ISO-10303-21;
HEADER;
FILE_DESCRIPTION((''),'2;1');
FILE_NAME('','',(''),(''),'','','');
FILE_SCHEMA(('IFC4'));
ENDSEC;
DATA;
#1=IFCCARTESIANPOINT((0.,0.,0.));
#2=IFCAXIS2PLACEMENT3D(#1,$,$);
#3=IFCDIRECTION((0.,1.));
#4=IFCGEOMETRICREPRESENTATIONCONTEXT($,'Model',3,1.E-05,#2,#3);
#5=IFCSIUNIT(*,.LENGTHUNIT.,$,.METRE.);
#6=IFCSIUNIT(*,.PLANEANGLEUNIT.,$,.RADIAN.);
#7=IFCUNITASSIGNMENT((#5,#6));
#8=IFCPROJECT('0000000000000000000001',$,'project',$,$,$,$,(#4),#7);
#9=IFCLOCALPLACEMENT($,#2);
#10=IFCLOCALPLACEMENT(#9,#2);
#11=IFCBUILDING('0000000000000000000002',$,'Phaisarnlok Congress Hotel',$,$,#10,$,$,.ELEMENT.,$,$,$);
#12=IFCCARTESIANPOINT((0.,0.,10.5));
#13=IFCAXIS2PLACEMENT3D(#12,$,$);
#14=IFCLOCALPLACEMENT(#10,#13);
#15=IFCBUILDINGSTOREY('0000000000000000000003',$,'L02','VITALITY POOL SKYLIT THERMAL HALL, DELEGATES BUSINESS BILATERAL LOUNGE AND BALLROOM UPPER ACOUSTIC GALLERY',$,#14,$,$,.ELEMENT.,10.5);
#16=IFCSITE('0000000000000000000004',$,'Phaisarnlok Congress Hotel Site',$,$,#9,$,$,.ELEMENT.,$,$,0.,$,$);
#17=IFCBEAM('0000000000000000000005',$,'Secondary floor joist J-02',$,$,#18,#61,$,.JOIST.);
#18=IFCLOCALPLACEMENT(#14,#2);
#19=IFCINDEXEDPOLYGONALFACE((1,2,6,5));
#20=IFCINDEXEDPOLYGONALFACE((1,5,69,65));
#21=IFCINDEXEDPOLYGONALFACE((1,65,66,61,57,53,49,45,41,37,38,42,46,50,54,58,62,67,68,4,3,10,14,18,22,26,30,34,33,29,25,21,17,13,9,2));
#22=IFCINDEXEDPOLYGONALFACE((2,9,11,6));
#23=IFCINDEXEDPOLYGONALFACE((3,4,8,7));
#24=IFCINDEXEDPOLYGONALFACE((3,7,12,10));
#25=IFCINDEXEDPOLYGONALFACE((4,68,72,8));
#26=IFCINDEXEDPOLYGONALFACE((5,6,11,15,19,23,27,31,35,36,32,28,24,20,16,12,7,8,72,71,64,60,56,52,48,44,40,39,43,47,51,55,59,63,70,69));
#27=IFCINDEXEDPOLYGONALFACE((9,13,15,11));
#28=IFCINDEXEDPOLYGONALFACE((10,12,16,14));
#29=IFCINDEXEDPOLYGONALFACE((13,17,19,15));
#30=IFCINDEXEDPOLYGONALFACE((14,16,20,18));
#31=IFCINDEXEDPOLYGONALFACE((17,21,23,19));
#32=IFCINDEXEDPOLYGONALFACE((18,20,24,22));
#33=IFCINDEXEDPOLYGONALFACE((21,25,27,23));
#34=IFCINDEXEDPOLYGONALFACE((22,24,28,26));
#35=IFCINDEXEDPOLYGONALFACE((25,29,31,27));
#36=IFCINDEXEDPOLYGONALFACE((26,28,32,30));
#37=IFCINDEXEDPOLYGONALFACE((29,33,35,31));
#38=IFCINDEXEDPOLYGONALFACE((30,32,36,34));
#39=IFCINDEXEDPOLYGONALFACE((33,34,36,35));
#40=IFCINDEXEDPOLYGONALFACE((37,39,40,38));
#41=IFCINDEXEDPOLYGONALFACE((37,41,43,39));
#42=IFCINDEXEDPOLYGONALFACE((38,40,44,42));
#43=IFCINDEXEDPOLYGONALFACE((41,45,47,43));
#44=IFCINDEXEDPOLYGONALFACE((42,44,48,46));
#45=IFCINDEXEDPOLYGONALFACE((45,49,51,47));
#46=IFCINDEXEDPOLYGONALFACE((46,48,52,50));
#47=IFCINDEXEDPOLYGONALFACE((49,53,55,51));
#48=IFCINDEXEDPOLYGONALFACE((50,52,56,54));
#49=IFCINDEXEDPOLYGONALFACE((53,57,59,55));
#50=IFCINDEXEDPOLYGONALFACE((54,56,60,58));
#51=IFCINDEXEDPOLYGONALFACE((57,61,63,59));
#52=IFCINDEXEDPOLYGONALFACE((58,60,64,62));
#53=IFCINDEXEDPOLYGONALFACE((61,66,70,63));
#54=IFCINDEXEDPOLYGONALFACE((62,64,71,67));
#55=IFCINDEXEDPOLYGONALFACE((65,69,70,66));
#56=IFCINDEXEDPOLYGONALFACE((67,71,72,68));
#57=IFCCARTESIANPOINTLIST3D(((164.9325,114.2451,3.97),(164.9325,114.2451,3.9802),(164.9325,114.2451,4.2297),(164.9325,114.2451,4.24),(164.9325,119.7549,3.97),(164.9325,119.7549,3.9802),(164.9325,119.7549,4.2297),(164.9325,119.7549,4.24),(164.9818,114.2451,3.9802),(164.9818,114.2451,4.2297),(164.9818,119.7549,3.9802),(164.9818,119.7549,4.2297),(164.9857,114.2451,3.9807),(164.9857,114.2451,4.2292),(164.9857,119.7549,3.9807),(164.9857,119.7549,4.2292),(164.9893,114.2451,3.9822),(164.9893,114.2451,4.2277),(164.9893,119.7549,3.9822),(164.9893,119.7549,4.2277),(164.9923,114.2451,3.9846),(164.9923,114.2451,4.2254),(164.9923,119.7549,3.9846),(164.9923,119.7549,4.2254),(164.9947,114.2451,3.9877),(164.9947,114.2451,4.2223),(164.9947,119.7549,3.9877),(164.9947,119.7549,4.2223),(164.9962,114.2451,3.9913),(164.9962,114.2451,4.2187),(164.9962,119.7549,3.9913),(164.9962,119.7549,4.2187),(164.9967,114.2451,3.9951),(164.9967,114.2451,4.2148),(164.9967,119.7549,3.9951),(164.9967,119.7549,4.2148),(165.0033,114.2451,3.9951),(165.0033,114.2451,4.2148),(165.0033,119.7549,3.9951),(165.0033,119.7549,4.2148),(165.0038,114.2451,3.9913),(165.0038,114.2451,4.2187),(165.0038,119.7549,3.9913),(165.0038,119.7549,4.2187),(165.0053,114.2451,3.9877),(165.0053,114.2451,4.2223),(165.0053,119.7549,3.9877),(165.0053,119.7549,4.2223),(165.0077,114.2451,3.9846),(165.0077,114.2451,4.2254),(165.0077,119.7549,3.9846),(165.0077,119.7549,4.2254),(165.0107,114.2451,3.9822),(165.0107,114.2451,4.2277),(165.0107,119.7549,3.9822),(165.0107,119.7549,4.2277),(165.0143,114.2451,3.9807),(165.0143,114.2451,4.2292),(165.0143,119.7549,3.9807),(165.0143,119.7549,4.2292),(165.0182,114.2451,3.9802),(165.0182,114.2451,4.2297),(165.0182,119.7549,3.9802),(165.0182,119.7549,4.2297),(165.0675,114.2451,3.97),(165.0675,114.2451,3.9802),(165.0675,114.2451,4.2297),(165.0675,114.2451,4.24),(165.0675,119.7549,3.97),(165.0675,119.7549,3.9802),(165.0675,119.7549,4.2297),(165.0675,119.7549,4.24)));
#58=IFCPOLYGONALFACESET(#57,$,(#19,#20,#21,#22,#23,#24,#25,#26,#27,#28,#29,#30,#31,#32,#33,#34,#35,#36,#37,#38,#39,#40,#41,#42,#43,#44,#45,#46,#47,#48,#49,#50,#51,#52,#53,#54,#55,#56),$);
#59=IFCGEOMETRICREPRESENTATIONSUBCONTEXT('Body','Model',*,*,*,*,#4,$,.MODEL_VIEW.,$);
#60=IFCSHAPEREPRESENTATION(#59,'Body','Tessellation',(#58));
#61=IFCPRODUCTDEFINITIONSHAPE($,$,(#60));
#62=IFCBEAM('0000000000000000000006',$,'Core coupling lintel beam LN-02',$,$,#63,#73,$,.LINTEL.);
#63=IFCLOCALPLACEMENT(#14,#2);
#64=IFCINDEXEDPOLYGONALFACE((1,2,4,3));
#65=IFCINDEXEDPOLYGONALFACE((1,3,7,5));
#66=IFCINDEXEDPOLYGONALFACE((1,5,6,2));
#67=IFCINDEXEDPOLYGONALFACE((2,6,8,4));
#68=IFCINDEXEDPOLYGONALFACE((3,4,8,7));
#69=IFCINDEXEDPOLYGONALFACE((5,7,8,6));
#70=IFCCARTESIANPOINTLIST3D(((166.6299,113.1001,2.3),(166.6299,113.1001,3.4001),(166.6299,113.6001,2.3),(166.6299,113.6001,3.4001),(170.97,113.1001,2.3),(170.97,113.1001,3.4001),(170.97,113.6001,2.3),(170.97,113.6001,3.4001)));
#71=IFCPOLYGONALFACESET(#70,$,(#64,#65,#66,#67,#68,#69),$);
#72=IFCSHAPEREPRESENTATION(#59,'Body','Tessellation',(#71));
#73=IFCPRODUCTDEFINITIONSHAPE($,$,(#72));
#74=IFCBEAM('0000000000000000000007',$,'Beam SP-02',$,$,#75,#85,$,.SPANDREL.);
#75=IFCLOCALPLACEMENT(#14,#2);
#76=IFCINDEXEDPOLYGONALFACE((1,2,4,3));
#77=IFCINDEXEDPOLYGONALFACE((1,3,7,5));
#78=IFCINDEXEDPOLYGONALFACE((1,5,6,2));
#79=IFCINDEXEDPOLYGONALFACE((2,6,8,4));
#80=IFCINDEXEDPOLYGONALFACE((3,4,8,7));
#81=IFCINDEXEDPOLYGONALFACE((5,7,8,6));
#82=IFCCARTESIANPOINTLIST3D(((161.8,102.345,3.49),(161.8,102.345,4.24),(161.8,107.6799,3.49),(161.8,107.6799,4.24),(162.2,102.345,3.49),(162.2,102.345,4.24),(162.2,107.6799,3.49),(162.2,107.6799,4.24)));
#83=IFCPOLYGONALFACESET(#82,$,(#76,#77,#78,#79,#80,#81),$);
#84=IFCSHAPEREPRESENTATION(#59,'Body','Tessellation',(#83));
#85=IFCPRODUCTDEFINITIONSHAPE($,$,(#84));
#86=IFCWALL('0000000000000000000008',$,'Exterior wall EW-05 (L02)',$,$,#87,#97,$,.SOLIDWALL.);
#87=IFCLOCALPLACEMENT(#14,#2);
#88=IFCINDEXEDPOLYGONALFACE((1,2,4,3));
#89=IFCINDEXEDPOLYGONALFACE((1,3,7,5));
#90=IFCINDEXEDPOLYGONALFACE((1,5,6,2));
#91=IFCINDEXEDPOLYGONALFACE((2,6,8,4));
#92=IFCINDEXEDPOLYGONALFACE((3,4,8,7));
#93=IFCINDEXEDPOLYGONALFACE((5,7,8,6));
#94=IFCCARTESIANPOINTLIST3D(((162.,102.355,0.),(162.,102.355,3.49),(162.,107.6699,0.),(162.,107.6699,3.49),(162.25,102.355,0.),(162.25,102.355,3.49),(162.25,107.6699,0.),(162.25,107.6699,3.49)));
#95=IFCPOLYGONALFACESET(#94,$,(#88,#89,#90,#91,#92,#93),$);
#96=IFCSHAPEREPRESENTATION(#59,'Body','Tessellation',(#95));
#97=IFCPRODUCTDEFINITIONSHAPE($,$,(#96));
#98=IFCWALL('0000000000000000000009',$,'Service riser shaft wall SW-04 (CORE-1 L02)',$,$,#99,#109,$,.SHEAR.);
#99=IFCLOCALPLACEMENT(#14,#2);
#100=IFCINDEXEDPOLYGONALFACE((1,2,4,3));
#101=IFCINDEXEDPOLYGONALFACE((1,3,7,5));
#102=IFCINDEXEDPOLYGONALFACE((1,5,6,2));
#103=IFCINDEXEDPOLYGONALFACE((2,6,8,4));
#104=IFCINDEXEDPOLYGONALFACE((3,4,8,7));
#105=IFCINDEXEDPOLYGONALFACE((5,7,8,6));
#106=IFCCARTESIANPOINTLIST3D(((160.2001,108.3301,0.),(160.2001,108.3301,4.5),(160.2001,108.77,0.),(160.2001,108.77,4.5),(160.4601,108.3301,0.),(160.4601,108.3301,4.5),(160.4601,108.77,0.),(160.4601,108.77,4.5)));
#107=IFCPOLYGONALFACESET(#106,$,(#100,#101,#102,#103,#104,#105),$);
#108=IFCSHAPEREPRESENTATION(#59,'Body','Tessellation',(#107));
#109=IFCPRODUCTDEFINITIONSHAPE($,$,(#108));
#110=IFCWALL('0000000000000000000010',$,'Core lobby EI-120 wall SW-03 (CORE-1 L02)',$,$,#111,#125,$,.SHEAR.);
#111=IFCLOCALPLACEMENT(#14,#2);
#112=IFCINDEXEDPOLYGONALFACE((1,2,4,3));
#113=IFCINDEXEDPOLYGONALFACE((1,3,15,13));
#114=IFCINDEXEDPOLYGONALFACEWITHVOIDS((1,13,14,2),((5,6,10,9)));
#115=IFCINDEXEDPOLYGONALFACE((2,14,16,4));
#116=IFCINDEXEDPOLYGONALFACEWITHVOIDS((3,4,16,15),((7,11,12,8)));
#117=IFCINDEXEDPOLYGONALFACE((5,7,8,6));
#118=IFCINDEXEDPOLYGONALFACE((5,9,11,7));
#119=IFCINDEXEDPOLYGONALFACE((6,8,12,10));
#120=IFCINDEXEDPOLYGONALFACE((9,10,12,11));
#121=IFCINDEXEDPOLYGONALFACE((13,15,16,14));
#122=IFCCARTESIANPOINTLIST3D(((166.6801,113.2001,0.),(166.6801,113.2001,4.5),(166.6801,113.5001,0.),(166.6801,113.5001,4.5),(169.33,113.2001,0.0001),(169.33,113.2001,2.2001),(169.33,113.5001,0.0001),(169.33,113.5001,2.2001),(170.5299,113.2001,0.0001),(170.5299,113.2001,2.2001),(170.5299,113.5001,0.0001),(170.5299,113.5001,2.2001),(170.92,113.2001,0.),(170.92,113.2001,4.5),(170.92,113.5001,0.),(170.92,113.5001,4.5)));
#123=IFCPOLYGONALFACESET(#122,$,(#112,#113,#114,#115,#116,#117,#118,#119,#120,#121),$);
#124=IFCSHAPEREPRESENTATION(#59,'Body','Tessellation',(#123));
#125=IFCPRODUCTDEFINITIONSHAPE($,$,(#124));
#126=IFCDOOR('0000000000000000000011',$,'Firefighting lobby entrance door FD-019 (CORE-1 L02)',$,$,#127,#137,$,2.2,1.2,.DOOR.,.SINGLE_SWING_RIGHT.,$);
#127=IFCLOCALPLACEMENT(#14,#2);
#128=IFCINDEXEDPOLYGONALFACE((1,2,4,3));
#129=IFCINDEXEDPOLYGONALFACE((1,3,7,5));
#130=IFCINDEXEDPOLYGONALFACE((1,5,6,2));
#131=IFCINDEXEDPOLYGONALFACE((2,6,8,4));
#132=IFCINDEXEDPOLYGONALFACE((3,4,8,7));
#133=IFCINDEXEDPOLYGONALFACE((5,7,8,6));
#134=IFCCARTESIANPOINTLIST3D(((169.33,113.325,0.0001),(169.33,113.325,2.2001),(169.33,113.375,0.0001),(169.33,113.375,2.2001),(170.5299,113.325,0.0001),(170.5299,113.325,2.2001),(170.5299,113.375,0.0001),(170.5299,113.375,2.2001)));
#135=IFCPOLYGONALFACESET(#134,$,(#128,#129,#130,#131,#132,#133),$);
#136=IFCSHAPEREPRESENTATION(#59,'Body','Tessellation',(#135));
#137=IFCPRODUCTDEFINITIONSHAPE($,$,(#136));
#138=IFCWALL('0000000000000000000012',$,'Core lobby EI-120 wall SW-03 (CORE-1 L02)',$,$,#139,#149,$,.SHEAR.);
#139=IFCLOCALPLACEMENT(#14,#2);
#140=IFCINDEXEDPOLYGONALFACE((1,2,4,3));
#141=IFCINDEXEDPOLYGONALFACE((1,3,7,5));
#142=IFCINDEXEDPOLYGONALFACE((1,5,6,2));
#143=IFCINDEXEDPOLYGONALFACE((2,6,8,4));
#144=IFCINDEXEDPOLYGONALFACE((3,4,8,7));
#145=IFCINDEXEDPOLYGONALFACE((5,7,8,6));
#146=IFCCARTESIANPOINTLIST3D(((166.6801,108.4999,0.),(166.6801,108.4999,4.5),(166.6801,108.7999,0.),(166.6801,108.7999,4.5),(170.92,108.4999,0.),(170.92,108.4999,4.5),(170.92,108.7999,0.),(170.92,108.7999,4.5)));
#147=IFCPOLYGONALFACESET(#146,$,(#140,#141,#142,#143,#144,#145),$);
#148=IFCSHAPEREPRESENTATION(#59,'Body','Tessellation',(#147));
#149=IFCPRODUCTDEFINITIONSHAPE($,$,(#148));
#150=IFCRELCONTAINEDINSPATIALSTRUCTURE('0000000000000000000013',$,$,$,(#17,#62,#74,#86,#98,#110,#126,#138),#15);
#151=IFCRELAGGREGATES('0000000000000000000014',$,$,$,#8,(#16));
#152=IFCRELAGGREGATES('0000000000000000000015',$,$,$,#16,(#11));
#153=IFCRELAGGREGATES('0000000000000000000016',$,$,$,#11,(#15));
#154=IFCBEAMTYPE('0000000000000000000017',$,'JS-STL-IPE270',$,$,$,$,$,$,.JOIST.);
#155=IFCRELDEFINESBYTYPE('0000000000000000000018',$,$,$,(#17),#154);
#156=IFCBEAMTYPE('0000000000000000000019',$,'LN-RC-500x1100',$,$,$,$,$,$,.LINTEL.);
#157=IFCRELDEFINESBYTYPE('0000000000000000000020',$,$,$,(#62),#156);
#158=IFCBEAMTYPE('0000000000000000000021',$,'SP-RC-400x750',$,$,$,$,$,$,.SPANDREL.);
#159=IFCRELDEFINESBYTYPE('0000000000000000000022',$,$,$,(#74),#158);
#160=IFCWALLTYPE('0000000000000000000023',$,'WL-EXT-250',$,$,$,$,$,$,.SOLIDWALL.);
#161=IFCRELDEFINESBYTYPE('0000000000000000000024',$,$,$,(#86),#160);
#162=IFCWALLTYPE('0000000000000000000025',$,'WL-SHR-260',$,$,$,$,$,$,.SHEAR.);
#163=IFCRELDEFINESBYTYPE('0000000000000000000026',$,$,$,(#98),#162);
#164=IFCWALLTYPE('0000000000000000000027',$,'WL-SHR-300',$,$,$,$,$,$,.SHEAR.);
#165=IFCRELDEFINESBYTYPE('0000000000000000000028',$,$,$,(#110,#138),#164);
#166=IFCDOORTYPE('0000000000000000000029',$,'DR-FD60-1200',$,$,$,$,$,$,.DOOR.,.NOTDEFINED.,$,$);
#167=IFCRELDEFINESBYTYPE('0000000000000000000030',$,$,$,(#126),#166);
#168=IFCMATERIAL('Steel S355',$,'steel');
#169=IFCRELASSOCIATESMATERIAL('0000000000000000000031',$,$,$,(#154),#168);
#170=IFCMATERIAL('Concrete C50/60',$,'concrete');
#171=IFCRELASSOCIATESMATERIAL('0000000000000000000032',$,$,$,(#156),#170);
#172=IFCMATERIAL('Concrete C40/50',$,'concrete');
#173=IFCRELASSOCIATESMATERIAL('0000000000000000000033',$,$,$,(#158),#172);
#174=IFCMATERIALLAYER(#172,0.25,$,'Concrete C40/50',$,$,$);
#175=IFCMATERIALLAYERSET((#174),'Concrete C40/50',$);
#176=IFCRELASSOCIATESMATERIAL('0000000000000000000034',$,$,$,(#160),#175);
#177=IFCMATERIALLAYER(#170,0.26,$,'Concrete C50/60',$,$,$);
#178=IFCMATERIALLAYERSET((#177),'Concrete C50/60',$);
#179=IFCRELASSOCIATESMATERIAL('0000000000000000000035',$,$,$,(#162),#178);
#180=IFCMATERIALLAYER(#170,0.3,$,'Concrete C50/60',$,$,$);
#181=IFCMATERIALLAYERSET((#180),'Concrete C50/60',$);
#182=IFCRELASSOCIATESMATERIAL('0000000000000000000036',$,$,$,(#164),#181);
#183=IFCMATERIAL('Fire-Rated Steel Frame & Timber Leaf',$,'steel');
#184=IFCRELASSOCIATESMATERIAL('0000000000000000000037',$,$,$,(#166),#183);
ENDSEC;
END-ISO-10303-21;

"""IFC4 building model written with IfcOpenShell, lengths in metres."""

from ifc_helpers import new_model, si_unit, direction, frame, frame_2d, origin, origin_2d, place, context, subcontext, project, spatial, rectangle, i_section, extrude, material, layer, layer_set, material_profile, profile_set, type_object, element, fill, save


model = new_model("IFC4")

# Units and contexts
model_context = context("Model", 3, precision=1e-05, world=origin(), true_north=direction((0.0, 1.0)))
body_context = subcontext(model_context, "Body", "Model", "MODEL_VIEW")
ifc_project = project(units=[si_unit("LENGTHUNIT", "METRE"), si_unit("PLANEANGLEUNIT", "RADIAN")], contexts=[model_context])

# Site, building, storey
site_placement = place(None, origin())
site = spatial("IfcSite", under=ifc_project, at=site_placement, Name="Phaisarnlok Congress Hotel Site", CompositionType="ELEMENT", RefElevation=0.0)
building_placement = place(site_placement, origin())
building = spatial("IfcBuilding", under=site, at=building_placement, Name="Phaisarnlok Congress Hotel", CompositionType="ELEMENT")
storey_placement = place(building_placement, frame((0.0, 0.0, 10.5)))
storey = spatial("IfcBuildingStorey", under=building, at=storey_placement, Name="L02", Description="VITALITY POOL SKYLIT THERMAL HALL, DELEGATES BUSINESS BILATERAL LOUNGE AND BALLROOM UPPER ACOUSTIC GALLERY", CompositionType="ELEMENT", Elevation=10.5)

# Shared definitions
ifc_material_1 = material(Name="Concrete C50/60", Category="concrete")

# Beams
ifc_material_2 = material(Name="Concrete C40/50", Category="concrete")
ifc_material_3 = material(Name="Steel S355", Category="steel")
ifc_material_profile_1 = material_profile(ifc_material_3, i_section(OverallWidth=0.135, OverallDepth=0.27, WebThickness=0.0066, FlangeThickness=0.0103, FilletRadius=0.0149, at=origin_2d()), Name="IPE 270")
ifc_profile_set_1 = profile_set([ifc_material_profile_1], Name="Steel S355")
beam_type_1 = type_object("IfcBeamType", Name="JS-STL-IPE270", PredefinedType="JOIST", material=ifc_profile_set_1)
for number, where, z_axis, x_axis, name in (
    (1, (165.0, 114.2451, 4.105), (0.0, 1.0, 0.0), (-1.0, 0.0, 0.0), "Secondary floor joist J-02"),
):
    element("IfcBeam", number, at=place(storey_placement, frame(where, z_axis=z_axis, x_axis=x_axis)), inside=storey, type_object=beam_type_1, Name=name, PredefinedType="JOIST", context=body_context, shape_type="SweptSolid", body=[
        extrude(i_section(OverallWidth=0.135, OverallDepth=0.27, WebThickness=0.0066, FlangeThickness=0.0103, FilletRadius=0.0149, at=origin_2d()), origin(), (0.0, 0.0, 1.0), 5.5098),
    ])
ifc_material_profile_2 = material_profile(ifc_material_1, rectangle(XDim=0.5, YDim=1.1001, at=origin_2d()), Name="RC 500x1100")
ifc_profile_set_2 = profile_set([ifc_material_profile_2], Name="Concrete C50/60")
beam_type_2 = type_object("IfcBeamType", Name="LN-RC-500x1100", PredefinedType="LINTEL", material=ifc_profile_set_2)
beam_1_placement = place(storey_placement, frame((166.6299, 113.3501, 2.8501), z_axis=(1.0, 0.0, 0.0), x_axis=(0.0, 1.0, 0.0)))
element("IfcBeam", 2, at=beam_1_placement, inside=storey, type_object=beam_type_2, Name="Core coupling lintel beam LN-02", PredefinedType="LINTEL", context=body_context, shape_type="SweptSolid", body=[
    extrude(rectangle(XDim=0.5, YDim=1.1001, at=origin_2d()), origin(), (0.0, 0.0, 1.0), 4.3401),
])
ifc_material_profile_3 = material_profile(ifc_material_2, rectangle(XDim=0.3999, YDim=0.75, at=origin_2d()), Name="RC 400x750")
ifc_profile_set_3 = profile_set([ifc_material_profile_3], Name="Concrete C40/50")
beam_type_3 = type_object("IfcBeamType", Name="SP-RC-400x750", PredefinedType="SPANDREL", material=ifc_profile_set_3)
beam_2_placement = place(storey_placement, frame((162.0, 102.345, 3.865), z_axis=(0.0, 1.0, 0.0), x_axis=(-1.0, 0.0, 0.0)))
element("IfcBeam", 3, at=beam_2_placement, inside=storey, type_object=beam_type_3, Name="Beam SP-02", PredefinedType="SPANDREL", context=body_context, shape_type="SweptSolid", body=[
    extrude(rectangle(XDim=0.3999, YDim=0.75, at=origin_2d()), origin(), (0.0, 0.0, 1.0), 5.335),
])

# Wall
ifc_layer_1 = layer(ifc_material_2, 0.25, Name="Concrete C40/50")
ifc_layer_set_1 = layer_set([ifc_layer_1], Name="Concrete C40/50")
wall_type_1 = type_object("IfcWallType", Name="WL-EXT-250", PredefinedType="SOLIDWALL", material=ifc_layer_set_1)
wall_1_placement = place(storey_placement, frame((162.125, 107.6699, 0.0), z_axis=(0.0, 0.0, 1.0), x_axis=(0.0, -1.0, 0.0)))
element("IfcWall", 4, at=wall_1_placement, inside=storey, type_object=wall_type_1, Name="Exterior wall EW-05 (L02)", PredefinedType="SOLIDWALL", context=body_context, shape_type="SweptSolid", body=[
    extrude(rectangle(XDim=5.3149, YDim=0.25, at=frame_2d((2.6575, 0.0))), origin(), (0.0, 0.0, 1.0), 3.49),
])

# Shared definitions
ifc_layer_2 = layer(ifc_material_1, 0.26, Name="Concrete C50/60")
ifc_layer_set_2 = layer_set([ifc_layer_2], Name="Concrete C50/60")
wall_type_2 = type_object("IfcWallType", Name="WL-SHR-260", PredefinedType="SHEAR", material=ifc_layer_set_2)
ifc_material_4 = material(Name="Fire-Rated Steel Frame & Timber Leaf", Category="steel")

# Wall
wall_2_placement = place(storey_placement, frame((160.3301, 108.3301, 0.0), z_axis=(0.0, 0.0, 1.0), x_axis=(0.0, 1.0, 0.0)))
element("IfcWall", 5, at=wall_2_placement, inside=storey, type_object=wall_type_2, Name="Service riser shaft wall SW-04 (CORE-1 L02)", PredefinedType="SHEAR", context=body_context, shape_type="SweptSolid", body=[
    extrude(rectangle(XDim=0.4399, YDim=0.26, at=frame_2d((0.22, 0.0))), origin(), (0.0, 0.0, 1.0), 4.5),
])

# Wall, opening, door
ifc_layer_3 = layer(ifc_material_1, 0.3, Name="Concrete C50/60")
ifc_layer_set_3 = layer_set([ifc_layer_3], Name="Concrete C50/60")
wall_type_3 = type_object("IfcWallType", Name="WL-SHR-300", PredefinedType="SHEAR", material=ifc_layer_set_3)
wall_3_placement = place(storey_placement, frame((166.6799, 113.3501, 0.0), z_axis=(0.0, 0.0, 1.0), x_axis=(1.0, 0.0, 0.0)))
wall_3 = element("IfcWall", 6, at=wall_3_placement, inside=storey, type_object=wall_type_3, Name="Core lobby EI-120 wall SW-03 (CORE-1 L02)", PredefinedType="SHEAR", context=body_context, shape_type="SweptSolid", body=[
    extrude(rectangle(XDim=4.24, YDim=0.3, at=frame_2d((2.1201, 0.0))), origin(), (0.0, 0.0, 1.0), 4.5),
])
opening_1_placement = place(wall_3_placement, frame((2.6499, 0.0, 0.0)))
opening_1 = element("IfcOpeningElement", 7, at=opening_1_placement, cuts=wall_3, PredefinedType="OPENING", context=body_context, shape_type="SweptSolid", body=[
    extrude(rectangle(XDim=1.2, YDim=2.2, at=frame_2d((0.6001, 1.1001))), frame((0.0, 0.1602, 0.0), z_axis=(0.0, -1.0, 0.0), x_axis=(1.0, 0.0, 0.0)), (0.0, 0.0, 1.0), 0.3201),
])
door_type_1 = type_object("IfcDoorType", Name="DR-FD60-1200", OperationType="NOTDEFINED", PredefinedType="DOOR", material=ifc_material_4)
door_1_placement = place(opening_1_placement, origin())
door_1 = element("IfcDoor", 8, at=door_1_placement, inside=storey, type_object=door_type_1, Name="Firefighting lobby entrance door FD-019 (CORE-1 L02)", OperationType="SINGLE_SWING_RIGHT", OverallHeight=2.2, OverallWidth=1.2, PredefinedType="DOOR", context=body_context, shape_type="SweptSolid", body=[
    extrude(rectangle(XDim=1.2, YDim=2.2, at=frame_2d((0.6001, 1.1001))), frame((0.0, 0.0249, 0.0), z_axis=(0.0, -1.0, 0.0), x_axis=(1.0, 0.0, 0.0)), (0.0, 0.0, 1.0), 0.05),
])
fill(opening_1, door_1)

# Wall
wall_4_placement = place(storey_placement, frame((166.6799, 108.6499, 0.0), z_axis=(0.0, 0.0, 1.0), x_axis=(1.0, 0.0, 0.0)))
element("IfcWall", 9, at=wall_4_placement, inside=storey, type_object=wall_type_3, Name="Core lobby EI-120 wall SW-03 (CORE-1 L02)", PredefinedType="SHEAR", context=body_context, shape_type="SweptSolid", body=[
    extrude(rectangle(XDim=4.24, YDim=0.3, at=frame_2d((2.1201, 0.0))), origin(), (0.0, 0.0, 1.0), 4.5),
])

save(model, "model.ifc")
